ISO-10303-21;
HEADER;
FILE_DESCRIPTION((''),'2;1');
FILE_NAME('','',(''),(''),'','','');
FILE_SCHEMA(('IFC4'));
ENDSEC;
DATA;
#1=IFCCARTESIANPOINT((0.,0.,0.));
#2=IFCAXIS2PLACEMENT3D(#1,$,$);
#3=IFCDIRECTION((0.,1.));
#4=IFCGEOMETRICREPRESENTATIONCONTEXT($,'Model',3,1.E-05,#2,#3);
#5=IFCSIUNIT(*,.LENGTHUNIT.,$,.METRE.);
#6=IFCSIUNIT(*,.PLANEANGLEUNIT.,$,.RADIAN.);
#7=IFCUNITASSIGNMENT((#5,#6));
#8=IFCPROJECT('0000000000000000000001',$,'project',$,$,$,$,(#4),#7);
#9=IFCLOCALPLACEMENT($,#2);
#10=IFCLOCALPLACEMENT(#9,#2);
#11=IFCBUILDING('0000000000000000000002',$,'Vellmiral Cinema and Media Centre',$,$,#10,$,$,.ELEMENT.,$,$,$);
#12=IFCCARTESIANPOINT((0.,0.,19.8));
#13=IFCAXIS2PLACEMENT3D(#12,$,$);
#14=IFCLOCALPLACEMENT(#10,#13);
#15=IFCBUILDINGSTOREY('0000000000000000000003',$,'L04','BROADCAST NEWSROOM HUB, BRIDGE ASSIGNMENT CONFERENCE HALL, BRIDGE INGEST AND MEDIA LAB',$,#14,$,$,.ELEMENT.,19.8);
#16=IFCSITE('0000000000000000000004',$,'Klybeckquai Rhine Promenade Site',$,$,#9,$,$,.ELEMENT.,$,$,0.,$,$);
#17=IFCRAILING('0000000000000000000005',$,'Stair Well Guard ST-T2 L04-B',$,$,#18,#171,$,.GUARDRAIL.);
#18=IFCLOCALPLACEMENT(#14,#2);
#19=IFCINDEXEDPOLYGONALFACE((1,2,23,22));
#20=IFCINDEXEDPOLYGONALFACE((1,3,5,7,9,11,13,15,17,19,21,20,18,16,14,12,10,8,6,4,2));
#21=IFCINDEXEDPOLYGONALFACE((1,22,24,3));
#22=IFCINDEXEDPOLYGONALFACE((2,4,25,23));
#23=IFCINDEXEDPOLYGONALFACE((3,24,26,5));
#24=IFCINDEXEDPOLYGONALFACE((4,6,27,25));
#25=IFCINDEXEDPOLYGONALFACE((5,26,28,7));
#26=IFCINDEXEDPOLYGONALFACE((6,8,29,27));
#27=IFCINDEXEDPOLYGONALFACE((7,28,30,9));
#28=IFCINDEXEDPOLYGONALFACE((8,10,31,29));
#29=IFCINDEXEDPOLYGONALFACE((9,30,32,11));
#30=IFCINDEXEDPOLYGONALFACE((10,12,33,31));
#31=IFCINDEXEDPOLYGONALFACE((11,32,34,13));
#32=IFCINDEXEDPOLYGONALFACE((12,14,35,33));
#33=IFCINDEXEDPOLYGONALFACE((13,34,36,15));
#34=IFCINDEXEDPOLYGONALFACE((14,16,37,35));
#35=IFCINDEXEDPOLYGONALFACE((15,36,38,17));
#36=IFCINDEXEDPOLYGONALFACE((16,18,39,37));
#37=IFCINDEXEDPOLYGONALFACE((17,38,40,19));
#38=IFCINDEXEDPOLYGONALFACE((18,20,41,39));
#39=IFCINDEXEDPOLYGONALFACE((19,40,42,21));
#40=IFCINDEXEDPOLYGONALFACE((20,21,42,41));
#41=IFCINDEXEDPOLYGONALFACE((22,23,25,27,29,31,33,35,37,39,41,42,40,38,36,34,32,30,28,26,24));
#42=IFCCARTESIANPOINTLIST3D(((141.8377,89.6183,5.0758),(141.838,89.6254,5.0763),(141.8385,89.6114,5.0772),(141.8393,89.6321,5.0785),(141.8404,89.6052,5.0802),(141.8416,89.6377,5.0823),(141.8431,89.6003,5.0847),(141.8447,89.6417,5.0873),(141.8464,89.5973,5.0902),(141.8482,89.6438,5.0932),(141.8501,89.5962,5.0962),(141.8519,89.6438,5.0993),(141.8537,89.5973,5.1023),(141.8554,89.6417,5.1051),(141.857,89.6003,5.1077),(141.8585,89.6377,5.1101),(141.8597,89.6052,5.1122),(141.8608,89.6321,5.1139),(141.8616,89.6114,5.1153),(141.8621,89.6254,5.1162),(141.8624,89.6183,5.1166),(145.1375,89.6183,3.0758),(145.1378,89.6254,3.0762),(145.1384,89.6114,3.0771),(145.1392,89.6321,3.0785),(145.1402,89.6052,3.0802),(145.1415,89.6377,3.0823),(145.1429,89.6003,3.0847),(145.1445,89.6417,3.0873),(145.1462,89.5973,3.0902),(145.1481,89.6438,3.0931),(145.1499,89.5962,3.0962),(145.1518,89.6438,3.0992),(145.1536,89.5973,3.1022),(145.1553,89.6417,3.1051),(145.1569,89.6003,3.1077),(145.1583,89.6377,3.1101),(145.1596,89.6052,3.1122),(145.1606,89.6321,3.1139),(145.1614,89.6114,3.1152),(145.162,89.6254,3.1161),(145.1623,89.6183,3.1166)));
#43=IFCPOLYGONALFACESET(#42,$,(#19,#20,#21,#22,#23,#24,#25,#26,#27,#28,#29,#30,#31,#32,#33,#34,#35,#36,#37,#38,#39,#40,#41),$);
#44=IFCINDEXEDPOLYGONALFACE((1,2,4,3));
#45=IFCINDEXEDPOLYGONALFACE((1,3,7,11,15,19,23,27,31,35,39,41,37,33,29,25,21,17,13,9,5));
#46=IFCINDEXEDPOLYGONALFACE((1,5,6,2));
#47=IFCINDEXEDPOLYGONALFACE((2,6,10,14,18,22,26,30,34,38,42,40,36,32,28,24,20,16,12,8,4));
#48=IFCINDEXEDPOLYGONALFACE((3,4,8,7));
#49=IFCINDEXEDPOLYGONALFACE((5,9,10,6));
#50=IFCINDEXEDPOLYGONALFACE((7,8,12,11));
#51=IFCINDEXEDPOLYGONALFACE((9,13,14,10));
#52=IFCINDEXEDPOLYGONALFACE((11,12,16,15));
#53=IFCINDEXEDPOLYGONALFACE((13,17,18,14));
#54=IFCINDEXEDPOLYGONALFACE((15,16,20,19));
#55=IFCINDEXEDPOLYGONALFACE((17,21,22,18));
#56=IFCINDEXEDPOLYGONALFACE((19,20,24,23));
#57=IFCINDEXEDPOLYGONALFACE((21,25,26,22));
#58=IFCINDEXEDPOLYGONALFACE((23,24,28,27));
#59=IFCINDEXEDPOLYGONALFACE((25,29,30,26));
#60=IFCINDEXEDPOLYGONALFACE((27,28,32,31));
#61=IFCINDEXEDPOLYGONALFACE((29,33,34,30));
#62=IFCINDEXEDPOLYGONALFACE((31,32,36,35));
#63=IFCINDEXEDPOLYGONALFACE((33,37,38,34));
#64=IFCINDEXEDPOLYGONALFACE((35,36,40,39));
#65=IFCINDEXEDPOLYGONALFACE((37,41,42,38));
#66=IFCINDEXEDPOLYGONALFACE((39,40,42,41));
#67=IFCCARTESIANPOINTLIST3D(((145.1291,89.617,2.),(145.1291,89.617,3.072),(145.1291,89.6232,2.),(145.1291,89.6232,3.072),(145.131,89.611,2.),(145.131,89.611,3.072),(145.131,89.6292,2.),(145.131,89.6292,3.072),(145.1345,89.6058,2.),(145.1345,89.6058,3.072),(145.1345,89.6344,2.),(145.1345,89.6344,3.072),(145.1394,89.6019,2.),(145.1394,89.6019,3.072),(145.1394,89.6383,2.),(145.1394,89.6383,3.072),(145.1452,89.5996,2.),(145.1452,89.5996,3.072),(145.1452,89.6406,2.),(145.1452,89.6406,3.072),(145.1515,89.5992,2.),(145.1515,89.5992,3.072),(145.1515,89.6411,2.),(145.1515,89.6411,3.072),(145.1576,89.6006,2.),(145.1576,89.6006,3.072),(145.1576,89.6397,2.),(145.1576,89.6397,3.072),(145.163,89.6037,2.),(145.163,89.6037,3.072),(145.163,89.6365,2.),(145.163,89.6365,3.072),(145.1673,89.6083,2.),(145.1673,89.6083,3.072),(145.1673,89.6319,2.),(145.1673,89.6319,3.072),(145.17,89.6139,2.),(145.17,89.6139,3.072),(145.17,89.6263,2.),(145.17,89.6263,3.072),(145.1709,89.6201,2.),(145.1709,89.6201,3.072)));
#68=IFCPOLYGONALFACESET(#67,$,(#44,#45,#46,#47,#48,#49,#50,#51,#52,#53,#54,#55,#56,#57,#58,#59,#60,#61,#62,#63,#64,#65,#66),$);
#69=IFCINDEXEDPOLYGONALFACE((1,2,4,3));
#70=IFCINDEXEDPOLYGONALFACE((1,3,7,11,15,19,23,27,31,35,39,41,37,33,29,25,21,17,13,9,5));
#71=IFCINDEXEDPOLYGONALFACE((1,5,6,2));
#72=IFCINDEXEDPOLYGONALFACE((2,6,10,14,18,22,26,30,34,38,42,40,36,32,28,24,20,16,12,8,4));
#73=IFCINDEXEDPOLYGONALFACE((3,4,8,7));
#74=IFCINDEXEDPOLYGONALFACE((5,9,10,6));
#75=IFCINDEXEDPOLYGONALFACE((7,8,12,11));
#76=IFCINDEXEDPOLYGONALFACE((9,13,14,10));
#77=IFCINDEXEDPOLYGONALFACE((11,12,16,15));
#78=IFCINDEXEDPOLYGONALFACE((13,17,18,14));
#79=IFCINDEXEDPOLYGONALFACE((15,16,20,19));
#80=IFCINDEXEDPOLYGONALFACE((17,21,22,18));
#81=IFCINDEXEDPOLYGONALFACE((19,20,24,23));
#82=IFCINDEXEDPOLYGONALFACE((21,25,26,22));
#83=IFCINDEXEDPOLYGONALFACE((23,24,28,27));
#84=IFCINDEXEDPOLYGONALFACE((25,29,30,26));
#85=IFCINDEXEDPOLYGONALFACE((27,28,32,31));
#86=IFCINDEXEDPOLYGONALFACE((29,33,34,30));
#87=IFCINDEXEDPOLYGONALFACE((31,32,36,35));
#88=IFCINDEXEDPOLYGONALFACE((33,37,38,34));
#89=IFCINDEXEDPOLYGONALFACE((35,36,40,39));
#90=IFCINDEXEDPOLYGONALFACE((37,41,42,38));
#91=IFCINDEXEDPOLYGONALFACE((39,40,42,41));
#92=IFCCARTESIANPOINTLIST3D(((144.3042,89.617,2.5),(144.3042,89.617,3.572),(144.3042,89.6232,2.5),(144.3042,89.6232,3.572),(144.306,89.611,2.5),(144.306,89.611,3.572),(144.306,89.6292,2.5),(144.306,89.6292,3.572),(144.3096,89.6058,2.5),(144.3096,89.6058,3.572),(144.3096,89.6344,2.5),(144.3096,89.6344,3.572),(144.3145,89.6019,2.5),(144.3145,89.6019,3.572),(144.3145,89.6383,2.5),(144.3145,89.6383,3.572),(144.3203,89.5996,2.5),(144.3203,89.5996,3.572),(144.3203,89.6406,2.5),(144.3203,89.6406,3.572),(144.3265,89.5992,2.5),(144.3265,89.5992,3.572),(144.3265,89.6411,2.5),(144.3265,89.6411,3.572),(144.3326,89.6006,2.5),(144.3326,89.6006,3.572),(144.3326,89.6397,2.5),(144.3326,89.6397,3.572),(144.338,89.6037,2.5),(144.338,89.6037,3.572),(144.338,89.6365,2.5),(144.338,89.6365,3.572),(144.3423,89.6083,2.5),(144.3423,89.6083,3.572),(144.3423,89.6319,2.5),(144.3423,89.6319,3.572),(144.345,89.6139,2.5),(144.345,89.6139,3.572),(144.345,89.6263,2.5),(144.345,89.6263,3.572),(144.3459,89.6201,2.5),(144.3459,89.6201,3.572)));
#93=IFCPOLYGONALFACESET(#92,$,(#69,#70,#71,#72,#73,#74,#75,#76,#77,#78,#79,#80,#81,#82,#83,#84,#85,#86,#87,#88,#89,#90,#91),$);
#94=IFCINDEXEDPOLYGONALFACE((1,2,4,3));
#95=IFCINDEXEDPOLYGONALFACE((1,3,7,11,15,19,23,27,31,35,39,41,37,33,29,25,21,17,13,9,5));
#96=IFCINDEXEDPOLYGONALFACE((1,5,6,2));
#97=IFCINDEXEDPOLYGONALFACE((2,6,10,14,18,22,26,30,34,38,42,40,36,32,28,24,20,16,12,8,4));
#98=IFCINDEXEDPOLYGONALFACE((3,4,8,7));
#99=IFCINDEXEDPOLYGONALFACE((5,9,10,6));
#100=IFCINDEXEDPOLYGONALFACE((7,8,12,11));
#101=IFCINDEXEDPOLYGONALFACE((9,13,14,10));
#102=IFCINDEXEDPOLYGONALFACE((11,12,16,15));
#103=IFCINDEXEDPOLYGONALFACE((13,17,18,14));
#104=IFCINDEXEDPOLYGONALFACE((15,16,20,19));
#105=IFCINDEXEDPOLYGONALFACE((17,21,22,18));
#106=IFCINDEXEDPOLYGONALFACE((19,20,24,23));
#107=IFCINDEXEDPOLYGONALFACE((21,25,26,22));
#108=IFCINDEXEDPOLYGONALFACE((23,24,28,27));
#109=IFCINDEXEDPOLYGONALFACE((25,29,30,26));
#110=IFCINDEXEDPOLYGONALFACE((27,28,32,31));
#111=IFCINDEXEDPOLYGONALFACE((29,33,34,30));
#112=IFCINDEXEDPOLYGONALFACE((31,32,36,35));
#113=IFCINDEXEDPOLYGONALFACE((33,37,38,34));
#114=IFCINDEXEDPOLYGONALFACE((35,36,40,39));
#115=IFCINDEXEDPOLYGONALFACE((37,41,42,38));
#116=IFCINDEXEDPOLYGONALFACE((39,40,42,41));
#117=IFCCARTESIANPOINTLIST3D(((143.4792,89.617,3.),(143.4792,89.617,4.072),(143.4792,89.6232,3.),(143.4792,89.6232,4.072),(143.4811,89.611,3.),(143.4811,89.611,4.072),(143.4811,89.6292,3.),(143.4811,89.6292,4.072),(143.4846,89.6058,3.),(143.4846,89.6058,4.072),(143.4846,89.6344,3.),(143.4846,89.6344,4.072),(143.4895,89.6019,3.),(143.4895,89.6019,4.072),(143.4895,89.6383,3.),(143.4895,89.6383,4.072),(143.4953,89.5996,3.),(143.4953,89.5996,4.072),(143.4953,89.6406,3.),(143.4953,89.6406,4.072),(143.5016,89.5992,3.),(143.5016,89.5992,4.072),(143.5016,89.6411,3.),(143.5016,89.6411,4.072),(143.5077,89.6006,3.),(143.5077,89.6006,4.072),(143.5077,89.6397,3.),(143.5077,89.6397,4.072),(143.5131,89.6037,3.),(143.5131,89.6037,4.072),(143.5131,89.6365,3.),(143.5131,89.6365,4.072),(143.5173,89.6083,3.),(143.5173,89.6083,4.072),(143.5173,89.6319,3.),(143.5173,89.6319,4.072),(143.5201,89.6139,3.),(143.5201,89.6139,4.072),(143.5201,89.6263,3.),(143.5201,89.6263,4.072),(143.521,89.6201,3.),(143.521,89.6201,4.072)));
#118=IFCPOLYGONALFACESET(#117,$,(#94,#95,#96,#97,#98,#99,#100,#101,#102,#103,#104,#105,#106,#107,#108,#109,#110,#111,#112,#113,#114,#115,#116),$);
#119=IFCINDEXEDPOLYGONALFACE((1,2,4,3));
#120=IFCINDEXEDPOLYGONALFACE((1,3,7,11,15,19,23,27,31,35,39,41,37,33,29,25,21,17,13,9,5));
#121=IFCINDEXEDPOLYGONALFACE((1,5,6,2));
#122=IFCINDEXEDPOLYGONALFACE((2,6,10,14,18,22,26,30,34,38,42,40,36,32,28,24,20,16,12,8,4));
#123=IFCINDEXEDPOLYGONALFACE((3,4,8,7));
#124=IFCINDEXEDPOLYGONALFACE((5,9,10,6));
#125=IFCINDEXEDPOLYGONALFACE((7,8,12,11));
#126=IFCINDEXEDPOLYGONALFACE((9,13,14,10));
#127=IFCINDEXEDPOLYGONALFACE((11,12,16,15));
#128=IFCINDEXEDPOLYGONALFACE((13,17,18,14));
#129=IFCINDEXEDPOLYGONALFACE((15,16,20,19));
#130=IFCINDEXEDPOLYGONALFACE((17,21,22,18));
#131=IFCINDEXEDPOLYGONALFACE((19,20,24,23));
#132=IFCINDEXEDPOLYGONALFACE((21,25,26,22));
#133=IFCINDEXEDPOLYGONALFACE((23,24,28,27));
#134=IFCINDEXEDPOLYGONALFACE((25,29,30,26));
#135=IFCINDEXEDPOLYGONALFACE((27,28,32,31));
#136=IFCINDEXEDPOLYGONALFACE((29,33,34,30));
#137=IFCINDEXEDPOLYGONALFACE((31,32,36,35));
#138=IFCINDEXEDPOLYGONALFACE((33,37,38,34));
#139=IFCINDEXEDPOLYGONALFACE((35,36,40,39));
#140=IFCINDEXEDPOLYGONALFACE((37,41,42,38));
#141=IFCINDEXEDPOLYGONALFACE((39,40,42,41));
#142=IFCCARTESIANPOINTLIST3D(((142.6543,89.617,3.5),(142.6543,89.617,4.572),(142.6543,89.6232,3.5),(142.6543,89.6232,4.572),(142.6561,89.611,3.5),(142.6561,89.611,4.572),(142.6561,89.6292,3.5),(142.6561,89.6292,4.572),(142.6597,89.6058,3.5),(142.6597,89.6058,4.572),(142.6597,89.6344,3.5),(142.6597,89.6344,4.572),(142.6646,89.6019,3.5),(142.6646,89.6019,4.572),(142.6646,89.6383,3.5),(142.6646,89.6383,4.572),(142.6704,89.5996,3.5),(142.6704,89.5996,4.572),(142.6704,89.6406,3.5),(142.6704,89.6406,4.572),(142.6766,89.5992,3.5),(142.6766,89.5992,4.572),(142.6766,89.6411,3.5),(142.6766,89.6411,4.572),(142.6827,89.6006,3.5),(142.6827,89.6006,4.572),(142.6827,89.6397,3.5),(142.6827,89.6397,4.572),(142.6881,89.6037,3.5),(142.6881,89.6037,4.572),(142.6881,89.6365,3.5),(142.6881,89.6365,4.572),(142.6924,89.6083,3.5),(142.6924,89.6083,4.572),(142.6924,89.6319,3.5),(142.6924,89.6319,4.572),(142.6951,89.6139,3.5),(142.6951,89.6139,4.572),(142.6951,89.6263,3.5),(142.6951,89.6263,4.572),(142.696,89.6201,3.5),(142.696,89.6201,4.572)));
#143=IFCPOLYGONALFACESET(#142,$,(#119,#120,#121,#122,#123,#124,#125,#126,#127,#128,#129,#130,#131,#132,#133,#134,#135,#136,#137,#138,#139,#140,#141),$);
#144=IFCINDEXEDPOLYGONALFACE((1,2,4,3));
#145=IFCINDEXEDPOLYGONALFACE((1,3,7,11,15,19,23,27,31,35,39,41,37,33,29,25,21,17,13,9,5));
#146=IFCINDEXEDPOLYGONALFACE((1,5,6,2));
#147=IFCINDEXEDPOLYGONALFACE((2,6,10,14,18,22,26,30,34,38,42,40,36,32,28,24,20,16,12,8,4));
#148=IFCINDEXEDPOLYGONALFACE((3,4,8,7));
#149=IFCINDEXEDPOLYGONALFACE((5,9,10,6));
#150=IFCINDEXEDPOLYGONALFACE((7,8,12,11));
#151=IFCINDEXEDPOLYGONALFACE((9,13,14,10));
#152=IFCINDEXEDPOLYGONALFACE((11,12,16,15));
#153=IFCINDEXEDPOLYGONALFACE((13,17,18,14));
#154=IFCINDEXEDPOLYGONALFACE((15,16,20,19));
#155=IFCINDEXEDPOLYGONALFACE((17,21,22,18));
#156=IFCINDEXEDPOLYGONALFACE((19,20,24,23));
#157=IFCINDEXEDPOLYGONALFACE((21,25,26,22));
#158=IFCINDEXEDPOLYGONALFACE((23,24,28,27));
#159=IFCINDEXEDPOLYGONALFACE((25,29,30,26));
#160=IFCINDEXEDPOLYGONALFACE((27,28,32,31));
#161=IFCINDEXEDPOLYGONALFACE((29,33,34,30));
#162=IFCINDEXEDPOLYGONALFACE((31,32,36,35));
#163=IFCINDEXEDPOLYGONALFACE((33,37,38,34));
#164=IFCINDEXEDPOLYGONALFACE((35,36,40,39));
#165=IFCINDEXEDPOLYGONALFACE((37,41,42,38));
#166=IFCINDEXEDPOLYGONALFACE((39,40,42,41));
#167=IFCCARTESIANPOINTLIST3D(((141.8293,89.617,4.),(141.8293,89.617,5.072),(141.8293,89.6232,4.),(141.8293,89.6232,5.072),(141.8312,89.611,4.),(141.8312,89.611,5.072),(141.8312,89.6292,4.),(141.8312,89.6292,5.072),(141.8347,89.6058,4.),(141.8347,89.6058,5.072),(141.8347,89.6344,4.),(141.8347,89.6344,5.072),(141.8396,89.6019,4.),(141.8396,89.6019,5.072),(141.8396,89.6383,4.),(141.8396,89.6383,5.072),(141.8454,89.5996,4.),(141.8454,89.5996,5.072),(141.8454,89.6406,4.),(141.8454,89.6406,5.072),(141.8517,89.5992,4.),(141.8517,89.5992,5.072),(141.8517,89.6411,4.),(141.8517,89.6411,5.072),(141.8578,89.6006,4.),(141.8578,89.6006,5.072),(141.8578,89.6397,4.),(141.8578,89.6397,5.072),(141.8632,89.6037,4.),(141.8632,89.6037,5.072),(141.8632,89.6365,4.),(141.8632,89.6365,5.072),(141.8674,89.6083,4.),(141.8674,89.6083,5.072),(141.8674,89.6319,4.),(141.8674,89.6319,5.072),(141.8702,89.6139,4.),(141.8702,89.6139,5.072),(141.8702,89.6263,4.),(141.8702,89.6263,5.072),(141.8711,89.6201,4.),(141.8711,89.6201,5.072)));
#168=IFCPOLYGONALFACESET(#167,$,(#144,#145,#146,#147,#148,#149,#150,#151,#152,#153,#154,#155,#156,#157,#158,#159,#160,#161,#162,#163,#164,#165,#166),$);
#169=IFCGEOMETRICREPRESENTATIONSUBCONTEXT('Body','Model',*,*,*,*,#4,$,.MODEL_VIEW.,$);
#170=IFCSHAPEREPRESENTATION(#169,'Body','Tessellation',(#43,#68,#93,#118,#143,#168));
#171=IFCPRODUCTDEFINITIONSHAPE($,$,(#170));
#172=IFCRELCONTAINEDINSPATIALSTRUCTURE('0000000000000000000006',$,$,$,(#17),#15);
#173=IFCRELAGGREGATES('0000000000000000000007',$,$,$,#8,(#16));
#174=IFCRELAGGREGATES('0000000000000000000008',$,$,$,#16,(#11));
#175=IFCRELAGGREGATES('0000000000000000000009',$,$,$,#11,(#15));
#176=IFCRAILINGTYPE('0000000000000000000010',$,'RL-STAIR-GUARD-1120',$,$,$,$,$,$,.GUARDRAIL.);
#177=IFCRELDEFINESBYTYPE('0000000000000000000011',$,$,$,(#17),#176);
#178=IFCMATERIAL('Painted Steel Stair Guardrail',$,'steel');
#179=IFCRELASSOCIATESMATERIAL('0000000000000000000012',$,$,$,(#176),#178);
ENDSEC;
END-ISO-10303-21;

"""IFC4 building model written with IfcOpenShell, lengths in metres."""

from ifc_helpers import new_model, si_unit, direction, frame, origin, origin_2d, place, context, subcontext, project, spatial, circle, extrude, material, type_object, element, save


model = new_model("IFC4")

# Units and contexts
model_context = context("Model", 3, precision=1e-05, world=origin(), true_north=direction((0.0, 1.0)))
body_context = subcontext(model_context, "Body", "Model", "MODEL_VIEW")
ifc_project = project(units=[si_unit("LENGTHUNIT", "METRE"), si_unit("PLANEANGLEUNIT", "RADIAN")], contexts=[model_context])

# Site, building, storey
site_placement = place(None, origin())
site = spatial("IfcSite", under=ifc_project, at=site_placement, Name="Klybeckquai Rhine Promenade Site", CompositionType="ELEMENT", RefElevation=0.0)
building_placement = place(site_placement, origin())
building = spatial("IfcBuilding", under=site, at=building_placement, Name="Vellmiral Cinema and Media Centre", CompositionType="ELEMENT")
storey_placement = place(building_placement, frame((0.0, 0.0, 19.8)))
storey = spatial("IfcBuildingStorey", under=building, at=storey_placement, Name="L04", Description="BROADCAST NEWSROOM HUB, BRIDGE ASSIGNMENT CONFERENCE HALL, BRIDGE INGEST AND MEDIA LAB", CompositionType="ELEMENT", Elevation=19.8)

# Railing
ifc_material_1 = material(Name="Painted Steel Stair Guardrail", Category="steel")
railing_type_1 = type_object("IfcRailingType", Name="RL-STAIR-GUARD-1120", PredefinedType="GUARDRAIL", material=ifc_material_1)
railing_1_placement = place(storey_placement, frame((145.1499, 89.6201, 2.0)))
element("IfcRailing", 1, at=railing_1_placement, inside=storey, type_object=railing_type_1, Name="Stair Well Guard ST-T2 L04-B", PredefinedType="GUARDRAIL", context=body_context, shape_type="SweptSolid", body=[
    extrude(circle(Radius=0.0239, at=origin_2d()), frame((0.0, 0.0, 1.0962), z_axis=(-0.855184, 0.0, 0.518324), x_axis=(0.0, -1.0, 0.0)), (0.0, 0.0, 1.0), 3.8586),
    extrude(circle(Radius=0.021, at=origin_2d()), origin(), (0.0, 0.0, 1.0), 1.072),
    extrude(circle(Radius=0.021, at=origin_2d()), frame((-0.825, 0.0, 0.5)), (0.0, 0.0, 1.0), 1.072),
    extrude(circle(Radius=0.021, at=origin_2d()), frame((-1.6499, 0.0, 1.0)), (0.0, 0.0, 1.0), 1.072),
    extrude(circle(Radius=0.021, at=origin_2d()), frame((-2.4749, 0.0, 1.5)), (0.0, 0.0, 1.0), 1.072),
    extrude(circle(Radius=0.021, at=origin_2d()), frame((-3.2998, 0.0, 2.0)), (0.0, 0.0, 1.0), 1.072),
])

save(model, "model.ifc")
